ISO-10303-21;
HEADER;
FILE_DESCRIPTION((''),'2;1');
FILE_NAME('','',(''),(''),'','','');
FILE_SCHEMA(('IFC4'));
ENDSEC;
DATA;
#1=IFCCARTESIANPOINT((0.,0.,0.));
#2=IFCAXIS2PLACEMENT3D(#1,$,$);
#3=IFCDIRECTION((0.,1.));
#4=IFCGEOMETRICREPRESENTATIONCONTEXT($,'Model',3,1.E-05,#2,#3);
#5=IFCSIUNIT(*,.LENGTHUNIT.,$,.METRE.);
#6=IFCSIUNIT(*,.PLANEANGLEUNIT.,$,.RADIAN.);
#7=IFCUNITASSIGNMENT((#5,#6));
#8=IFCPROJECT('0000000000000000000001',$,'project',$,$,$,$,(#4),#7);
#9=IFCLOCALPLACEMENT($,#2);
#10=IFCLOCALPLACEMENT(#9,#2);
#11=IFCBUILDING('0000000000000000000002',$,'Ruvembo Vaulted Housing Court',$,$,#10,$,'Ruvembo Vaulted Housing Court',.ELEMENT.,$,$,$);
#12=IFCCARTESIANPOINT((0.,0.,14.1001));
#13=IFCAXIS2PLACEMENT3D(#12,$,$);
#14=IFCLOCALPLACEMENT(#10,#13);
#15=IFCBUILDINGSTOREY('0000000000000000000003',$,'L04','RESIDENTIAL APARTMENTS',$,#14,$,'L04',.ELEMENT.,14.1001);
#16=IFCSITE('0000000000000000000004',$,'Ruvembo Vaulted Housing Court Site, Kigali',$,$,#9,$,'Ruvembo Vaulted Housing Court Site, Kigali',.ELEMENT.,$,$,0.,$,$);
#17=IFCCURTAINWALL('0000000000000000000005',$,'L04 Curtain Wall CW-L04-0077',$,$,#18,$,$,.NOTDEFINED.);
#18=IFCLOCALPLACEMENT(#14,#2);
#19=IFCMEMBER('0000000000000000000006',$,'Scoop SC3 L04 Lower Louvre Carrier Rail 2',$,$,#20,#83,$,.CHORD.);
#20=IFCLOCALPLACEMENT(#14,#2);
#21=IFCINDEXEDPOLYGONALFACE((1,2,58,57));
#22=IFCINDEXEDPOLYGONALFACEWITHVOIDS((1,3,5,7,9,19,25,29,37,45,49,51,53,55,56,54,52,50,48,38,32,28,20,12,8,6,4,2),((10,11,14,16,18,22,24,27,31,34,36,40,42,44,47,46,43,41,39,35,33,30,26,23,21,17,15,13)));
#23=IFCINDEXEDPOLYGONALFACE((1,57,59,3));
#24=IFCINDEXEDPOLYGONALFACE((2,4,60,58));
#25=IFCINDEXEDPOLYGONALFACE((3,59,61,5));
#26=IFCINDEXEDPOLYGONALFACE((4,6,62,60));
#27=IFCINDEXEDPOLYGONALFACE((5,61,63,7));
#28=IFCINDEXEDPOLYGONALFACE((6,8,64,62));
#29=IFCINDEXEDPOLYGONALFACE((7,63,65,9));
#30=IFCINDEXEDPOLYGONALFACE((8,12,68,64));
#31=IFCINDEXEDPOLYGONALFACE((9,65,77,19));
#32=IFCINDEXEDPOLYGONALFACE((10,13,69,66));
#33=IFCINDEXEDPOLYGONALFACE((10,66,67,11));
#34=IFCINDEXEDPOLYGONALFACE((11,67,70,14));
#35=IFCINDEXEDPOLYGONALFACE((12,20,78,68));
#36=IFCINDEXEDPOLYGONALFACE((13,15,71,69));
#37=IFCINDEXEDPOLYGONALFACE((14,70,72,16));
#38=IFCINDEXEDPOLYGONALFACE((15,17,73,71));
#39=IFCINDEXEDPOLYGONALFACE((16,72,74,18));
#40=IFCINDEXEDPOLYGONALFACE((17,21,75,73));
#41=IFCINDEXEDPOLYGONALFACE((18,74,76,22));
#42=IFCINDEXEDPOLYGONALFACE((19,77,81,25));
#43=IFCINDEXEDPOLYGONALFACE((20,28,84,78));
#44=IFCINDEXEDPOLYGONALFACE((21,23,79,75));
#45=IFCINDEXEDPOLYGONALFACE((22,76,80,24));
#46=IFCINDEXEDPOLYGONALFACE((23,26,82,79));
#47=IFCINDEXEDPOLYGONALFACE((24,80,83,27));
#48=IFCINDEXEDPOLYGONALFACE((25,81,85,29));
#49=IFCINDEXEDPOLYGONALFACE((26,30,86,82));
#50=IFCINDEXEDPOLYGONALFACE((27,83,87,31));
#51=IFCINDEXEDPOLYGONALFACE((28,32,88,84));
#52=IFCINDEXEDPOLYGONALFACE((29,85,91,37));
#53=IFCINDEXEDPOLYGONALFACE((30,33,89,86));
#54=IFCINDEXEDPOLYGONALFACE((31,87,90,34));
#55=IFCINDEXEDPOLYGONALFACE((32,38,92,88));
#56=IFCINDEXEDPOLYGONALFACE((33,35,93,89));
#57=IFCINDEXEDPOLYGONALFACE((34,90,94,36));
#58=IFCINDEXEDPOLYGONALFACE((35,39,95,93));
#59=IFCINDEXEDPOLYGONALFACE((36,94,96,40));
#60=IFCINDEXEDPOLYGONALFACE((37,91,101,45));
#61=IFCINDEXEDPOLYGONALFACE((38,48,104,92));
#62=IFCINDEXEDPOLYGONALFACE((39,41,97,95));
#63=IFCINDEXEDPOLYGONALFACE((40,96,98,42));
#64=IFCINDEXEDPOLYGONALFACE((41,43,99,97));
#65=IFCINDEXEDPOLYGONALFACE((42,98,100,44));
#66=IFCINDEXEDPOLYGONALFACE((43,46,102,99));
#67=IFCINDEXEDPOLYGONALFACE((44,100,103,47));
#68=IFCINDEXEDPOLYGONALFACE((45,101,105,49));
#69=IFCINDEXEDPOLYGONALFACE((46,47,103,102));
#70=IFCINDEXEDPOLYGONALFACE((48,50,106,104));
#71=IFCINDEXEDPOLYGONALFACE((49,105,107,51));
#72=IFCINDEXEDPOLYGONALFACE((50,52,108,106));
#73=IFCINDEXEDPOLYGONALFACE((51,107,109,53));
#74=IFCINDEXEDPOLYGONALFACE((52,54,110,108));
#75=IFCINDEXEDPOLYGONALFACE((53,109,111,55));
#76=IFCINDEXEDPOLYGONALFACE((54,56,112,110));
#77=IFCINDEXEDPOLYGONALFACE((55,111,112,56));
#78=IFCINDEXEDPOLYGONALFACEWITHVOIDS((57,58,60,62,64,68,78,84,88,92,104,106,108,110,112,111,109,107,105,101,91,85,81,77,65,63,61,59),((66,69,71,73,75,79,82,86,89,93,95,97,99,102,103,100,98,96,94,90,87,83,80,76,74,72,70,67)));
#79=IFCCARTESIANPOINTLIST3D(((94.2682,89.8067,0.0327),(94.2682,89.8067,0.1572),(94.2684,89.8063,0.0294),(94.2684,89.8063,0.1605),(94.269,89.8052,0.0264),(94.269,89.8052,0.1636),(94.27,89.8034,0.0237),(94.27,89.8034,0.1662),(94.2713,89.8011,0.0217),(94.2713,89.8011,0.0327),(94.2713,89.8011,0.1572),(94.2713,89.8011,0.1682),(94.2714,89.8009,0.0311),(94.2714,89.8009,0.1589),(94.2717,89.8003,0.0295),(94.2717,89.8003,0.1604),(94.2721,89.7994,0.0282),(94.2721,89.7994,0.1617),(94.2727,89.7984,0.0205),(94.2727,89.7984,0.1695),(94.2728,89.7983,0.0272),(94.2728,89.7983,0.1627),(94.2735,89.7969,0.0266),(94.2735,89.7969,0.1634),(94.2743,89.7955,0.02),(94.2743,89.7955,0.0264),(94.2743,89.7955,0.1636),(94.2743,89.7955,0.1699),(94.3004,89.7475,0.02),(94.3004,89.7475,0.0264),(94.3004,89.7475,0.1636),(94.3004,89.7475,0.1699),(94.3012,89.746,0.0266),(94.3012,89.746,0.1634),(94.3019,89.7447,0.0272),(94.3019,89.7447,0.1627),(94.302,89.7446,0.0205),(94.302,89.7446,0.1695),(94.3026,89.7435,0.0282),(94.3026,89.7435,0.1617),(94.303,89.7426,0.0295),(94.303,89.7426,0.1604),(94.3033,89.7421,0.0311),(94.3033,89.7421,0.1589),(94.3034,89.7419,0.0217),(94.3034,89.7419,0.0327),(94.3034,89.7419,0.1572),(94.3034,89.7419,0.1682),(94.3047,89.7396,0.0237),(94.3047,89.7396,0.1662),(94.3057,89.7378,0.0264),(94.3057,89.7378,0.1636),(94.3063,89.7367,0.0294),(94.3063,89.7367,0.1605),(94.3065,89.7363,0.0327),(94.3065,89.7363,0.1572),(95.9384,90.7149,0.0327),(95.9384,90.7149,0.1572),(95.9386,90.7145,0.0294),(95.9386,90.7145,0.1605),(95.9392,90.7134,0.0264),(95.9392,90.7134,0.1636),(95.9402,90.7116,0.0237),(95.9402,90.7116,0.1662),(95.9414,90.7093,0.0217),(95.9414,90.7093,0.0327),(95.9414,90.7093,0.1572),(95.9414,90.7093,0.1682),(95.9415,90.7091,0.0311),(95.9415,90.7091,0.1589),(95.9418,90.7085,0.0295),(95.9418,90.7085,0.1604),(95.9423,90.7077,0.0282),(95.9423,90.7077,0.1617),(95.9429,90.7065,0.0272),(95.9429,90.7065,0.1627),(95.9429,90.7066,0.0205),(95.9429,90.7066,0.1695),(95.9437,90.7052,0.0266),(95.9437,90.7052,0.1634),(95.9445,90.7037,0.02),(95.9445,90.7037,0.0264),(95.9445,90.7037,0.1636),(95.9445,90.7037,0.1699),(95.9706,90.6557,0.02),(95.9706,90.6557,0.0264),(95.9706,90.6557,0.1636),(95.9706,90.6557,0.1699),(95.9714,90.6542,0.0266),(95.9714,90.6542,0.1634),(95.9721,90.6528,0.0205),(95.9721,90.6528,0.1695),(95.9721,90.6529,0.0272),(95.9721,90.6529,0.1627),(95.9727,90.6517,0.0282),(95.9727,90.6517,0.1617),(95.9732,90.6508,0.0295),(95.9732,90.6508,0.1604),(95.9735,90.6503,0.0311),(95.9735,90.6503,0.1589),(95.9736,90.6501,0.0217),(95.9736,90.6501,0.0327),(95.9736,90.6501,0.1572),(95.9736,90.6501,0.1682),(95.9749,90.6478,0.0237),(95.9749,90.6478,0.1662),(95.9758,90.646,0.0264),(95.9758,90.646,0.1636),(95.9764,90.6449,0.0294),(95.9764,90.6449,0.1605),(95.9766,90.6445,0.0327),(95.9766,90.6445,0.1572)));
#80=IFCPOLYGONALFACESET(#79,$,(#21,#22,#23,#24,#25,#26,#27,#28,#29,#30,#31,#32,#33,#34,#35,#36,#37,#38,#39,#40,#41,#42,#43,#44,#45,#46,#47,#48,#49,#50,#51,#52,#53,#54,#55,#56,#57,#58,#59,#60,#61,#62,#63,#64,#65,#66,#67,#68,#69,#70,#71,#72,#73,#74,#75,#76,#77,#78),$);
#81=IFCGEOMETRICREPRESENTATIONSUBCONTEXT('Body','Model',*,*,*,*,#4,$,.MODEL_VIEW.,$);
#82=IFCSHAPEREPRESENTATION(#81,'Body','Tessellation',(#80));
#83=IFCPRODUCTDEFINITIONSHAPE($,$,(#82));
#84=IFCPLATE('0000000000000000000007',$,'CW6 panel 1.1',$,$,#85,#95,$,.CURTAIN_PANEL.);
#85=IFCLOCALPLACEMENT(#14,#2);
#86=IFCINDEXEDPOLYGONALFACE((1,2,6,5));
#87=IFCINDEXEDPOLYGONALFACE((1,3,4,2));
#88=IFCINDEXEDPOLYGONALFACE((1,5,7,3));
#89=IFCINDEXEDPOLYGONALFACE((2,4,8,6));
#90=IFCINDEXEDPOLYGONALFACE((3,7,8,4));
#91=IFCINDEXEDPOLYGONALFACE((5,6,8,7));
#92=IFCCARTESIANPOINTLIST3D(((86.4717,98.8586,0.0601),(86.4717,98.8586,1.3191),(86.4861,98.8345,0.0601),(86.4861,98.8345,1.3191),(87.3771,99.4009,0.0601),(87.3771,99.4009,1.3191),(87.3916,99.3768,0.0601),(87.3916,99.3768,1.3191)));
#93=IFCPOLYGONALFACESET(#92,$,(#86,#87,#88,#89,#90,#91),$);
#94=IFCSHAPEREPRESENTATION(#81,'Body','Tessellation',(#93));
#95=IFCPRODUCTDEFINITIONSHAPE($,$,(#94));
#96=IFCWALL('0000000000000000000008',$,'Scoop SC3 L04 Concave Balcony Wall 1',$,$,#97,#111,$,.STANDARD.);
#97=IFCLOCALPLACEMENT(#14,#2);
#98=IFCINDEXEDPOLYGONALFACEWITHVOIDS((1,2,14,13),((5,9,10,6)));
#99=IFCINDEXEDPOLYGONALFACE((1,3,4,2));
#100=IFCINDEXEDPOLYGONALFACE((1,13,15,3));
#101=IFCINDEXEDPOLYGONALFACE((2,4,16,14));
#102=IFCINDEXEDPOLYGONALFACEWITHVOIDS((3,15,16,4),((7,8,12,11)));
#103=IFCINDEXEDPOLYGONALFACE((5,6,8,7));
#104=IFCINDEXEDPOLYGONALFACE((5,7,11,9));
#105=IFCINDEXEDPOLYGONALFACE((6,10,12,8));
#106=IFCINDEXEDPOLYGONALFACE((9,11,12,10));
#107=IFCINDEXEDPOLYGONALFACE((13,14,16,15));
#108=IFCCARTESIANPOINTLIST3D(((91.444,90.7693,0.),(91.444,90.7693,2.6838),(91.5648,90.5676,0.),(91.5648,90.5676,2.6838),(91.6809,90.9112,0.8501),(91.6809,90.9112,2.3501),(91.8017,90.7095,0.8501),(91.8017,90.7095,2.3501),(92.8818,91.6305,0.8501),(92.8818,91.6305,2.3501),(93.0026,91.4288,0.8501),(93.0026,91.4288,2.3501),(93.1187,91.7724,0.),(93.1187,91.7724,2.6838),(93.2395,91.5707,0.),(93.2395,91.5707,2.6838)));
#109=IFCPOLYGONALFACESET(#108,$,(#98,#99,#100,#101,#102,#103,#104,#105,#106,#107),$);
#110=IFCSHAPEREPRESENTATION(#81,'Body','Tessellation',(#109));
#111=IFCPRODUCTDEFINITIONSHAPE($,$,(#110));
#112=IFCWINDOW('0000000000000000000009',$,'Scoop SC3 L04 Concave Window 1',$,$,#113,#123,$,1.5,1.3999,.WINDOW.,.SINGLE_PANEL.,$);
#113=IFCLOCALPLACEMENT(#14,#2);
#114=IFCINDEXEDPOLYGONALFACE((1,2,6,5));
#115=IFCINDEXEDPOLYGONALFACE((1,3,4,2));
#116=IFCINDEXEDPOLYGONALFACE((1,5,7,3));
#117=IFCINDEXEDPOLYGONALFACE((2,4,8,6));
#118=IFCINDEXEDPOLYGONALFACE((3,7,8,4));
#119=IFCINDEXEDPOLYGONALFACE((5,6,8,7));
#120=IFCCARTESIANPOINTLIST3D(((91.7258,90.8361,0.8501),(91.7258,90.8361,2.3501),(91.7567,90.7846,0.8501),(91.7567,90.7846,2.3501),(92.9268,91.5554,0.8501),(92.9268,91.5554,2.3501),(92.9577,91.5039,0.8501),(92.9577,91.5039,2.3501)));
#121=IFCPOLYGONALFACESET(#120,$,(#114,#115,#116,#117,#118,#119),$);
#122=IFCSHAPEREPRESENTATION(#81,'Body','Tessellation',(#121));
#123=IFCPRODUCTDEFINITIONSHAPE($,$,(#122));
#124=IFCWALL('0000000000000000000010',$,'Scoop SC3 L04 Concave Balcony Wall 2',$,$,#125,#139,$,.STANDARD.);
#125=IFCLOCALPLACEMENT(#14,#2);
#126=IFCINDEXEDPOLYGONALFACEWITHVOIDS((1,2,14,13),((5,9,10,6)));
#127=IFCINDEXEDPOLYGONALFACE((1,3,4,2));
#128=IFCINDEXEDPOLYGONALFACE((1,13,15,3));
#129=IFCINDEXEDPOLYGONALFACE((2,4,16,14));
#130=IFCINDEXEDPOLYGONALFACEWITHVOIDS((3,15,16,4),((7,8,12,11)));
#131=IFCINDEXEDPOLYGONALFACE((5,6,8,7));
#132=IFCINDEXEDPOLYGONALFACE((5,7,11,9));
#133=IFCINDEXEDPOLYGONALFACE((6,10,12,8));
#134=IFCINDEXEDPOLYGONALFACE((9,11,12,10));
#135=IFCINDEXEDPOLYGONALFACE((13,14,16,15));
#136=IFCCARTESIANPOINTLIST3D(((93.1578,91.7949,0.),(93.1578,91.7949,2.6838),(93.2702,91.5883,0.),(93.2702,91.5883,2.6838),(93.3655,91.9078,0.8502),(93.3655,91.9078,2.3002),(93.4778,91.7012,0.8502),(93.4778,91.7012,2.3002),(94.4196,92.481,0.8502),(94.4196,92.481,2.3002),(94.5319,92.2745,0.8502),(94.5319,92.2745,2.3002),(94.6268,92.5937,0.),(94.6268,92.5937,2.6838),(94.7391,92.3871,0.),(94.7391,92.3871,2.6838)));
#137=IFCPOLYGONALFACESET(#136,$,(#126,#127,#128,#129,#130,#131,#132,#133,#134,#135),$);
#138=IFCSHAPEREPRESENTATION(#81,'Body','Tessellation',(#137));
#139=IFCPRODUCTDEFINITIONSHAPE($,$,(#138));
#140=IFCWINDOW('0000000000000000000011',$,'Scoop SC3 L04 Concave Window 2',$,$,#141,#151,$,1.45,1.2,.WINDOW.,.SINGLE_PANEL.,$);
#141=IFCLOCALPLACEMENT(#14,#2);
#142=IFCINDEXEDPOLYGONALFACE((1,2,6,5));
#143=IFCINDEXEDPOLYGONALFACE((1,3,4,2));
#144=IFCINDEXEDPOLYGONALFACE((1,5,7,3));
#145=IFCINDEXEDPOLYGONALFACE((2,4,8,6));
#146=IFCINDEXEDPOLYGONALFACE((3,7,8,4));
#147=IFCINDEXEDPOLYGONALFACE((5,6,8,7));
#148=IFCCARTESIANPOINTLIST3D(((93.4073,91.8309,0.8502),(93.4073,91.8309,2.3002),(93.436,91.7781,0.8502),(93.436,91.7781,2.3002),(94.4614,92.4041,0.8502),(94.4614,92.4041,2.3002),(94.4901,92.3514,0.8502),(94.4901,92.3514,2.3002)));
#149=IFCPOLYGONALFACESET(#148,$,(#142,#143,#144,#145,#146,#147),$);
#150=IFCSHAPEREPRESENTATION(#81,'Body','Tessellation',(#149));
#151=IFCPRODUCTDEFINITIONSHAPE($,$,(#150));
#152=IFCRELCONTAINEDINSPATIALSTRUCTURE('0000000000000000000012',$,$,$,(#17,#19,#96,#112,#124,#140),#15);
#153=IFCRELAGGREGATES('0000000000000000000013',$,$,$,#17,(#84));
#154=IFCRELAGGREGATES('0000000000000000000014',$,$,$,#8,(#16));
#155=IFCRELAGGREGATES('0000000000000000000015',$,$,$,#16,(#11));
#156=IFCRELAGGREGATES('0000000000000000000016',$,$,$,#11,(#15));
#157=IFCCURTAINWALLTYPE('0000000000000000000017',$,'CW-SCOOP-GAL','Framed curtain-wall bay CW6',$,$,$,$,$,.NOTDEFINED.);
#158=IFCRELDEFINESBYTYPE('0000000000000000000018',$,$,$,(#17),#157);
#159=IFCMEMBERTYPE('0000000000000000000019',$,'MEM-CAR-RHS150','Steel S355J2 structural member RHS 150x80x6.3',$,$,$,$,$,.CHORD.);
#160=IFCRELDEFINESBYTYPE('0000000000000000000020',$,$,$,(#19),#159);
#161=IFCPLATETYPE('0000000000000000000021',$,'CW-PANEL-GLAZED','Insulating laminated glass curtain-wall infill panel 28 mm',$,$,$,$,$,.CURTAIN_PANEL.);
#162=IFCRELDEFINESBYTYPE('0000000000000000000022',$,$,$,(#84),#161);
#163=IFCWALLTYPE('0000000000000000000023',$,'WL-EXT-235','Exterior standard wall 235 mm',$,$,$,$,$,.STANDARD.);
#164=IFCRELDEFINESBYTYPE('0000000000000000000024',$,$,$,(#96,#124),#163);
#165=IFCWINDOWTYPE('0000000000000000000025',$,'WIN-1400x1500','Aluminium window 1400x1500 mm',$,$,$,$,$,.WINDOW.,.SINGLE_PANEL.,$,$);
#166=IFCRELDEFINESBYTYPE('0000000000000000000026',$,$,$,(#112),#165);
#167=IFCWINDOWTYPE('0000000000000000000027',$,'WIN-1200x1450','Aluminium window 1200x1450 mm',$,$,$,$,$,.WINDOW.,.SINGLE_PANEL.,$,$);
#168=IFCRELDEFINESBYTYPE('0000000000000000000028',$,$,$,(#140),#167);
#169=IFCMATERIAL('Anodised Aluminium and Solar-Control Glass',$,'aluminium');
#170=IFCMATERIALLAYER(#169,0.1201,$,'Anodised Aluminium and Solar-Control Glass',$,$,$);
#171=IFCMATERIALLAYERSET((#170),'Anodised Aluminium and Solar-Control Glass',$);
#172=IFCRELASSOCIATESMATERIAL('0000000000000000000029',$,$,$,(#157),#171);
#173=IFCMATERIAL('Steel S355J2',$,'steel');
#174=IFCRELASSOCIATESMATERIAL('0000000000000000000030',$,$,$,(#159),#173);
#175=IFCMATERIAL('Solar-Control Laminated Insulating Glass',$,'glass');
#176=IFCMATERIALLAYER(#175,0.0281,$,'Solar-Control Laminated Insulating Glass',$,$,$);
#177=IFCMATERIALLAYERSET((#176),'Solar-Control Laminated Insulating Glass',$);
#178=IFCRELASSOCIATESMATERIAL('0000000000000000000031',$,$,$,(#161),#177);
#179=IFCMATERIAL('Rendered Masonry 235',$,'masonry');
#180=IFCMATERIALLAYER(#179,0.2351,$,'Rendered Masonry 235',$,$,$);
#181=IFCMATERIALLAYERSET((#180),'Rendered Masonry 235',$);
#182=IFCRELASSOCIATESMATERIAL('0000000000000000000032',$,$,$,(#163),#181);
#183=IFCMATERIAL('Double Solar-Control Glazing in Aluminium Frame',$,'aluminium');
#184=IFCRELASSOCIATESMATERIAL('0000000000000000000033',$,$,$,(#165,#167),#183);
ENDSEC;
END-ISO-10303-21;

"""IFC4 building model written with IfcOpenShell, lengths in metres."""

from ifc_helpers import new_model, si_unit, direction, frame, frame_2d, origin, origin_2d, place, context, subcontext, project, spatial, rectangle, hollow_rectangle, extrude, material, layer, layer_set, material_profile, profile_set, type_object, element, fill, aggregate, save


model = new_model("IFC4")

# Units and contexts
model_context = context("Model", 3, precision=1e-05, world=origin(), true_north=direction((0.0, 1.0)))
body_context = subcontext(model_context, "Body", "Model", "MODEL_VIEW")
ifc_project = project(units=[si_unit("LENGTHUNIT", "METRE"), si_unit("PLANEANGLEUNIT", "RADIAN")], contexts=[model_context])

# Site, building, storey
site_placement = place(None, origin())
site = spatial("IfcSite", under=ifc_project, at=site_placement, Name="Ruvembo Vaulted Housing Court Site, Kigali", LongName="Ruvembo Vaulted Housing Court Site, Kigali", CompositionType="ELEMENT", RefElevation=0.0)
building_placement = place(site_placement, origin())
building = spatial("IfcBuilding", under=site, at=building_placement, Name="Ruvembo Vaulted Housing Court", LongName="Ruvembo Vaulted Housing Court", CompositionType="ELEMENT")
storey_placement = place(building_placement, frame((0.0, 0.0, 14.1001)))
storey = spatial("IfcBuildingStorey", under=building, at=storey_placement, Name="L04", Description="RESIDENTIAL APARTMENTS", LongName="L04", CompositionType="ELEMENT", Elevation=14.1001)

# Shared definitions
ifc_material_1 = material(Name="Steel S355J2", Category="steel")

# Curtain wall
ifc_material_2 = material(Name="Anodised Aluminium and Solar-Control Glass", Category="aluminium")
ifc_layer_1 = layer(ifc_material_2, 0.1201, Name="Anodised Aluminium and Solar-Control Glass")
ifc_layer_set_1 = layer_set([ifc_layer_1], Name="Anodised Aluminium and Solar-Control Glass")
curtain_wall_type = type_object("IfcCurtainWallType", Name="CW-SCOOP-GAL", Description="Framed curtain-wall bay CW6", PredefinedType="NOTDEFINED", material=ifc_layer_set_1)
curtain_wall_placement = place(storey_placement, origin())
curtain_wall = element("IfcCurtainWall", 1, at=curtain_wall_placement, inside=storey, type_object=curtain_wall_type, Name="L04 Curtain Wall CW-L04-0077", PredefinedType="NOTDEFINED")

# Member
ifc_material_profile_1 = material_profile(ifc_material_1, hollow_rectangle(XDim=0.0801, YDim=0.1499, WallThickness=0.0063, InnerFilletRadius=0.0063, OuterFilletRadius=0.0127, at=origin_2d()), Name="RHS 150x80x6.3")
ifc_profile_set_1 = profile_set([ifc_material_profile_1], Name="Steel S355J2")
member_type_1 = type_object("IfcMemberType", Name="MEM-CAR-RHS150", Description="Steel S355J2 structural member RHS 150x80x6.3", PredefinedType="CHORD", material=ifc_profile_set_1)
member_1_placement = place(storey_placement, frame((94.2874, 89.7715, 0.095), z_axis=(0.878513, 0.477718, 0.0), x_axis=(-0.477718, 0.878513, 0.0)))
element("IfcMember", 2, at=member_1_placement, inside=storey, type_object=member_type_1, Name="Scoop SC3 L04 Lower Louvre Carrier Rail 2", PredefinedType="CHORD", context=body_context, shape_type="SweptSolid", body=[
    extrude(hollow_rectangle(XDim=0.0801, YDim=0.1499, WallThickness=0.0063, InnerFilletRadius=0.0063, OuterFilletRadius=0.0127, at=origin_2d()), origin(), (0.0, 0.0, 1.0), 1.9011),
])

# Plate
ifc_material_3 = material(Name="Solar-Control Laminated Insulating Glass", Category="glass")
ifc_layer_2 = layer(ifc_material_3, 0.0281, Name="Solar-Control Laminated Insulating Glass")
ifc_layer_set_2 = layer_set([ifc_layer_2], Name="Solar-Control Laminated Insulating Glass")
plate_type = type_object("IfcPlateType", Name="CW-PANEL-GLAZED", Description="Insulating laminated glass curtain-wall infill panel 28 mm", PredefinedType="CURTAIN_PANEL", material=ifc_layer_set_2)
plate_placement = place(storey_placement, frame((86.9316, 99.1177, 0.0601), z_axis=(0.0, 0.0, 1.0), x_axis=(0.857893, 0.513828, 0.0)))
plate = element("IfcPlate", 3, at=plate_placement, type_object=plate_type, Name="CW6 panel 1.1", PredefinedType="CURTAIN_PANEL", context=body_context, shape_type="SweptSolid", body=[
    extrude(rectangle(XDim=1.0554, YDim=0.0281, at=origin_2d()), origin(), (0.0, 0.0, 1.0), 1.259),
])
aggregate(curtain_wall, [plate])

# Walls, openings, windows
ifc_material_4 = material(Name="Rendered Masonry 235", Category="masonry")
ifc_layer_3 = layer(ifc_material_4, 0.2351, Name="Rendered Masonry 235")
ifc_layer_set_3 = layer_set([ifc_layer_3], Name="Rendered Masonry 235")
wall_type_1 = type_object("IfcWallType", Name="WL-EXT-235", Description="Exterior standard wall 235 mm", PredefinedType="STANDARD", material=ifc_layer_set_3)
wall_1_placement = place(storey_placement, frame((91.5044, 90.6685, 0.0), z_axis=(0.0, 0.0, 1.0), x_axis=(0.857879, 0.513852, 0.0)))
wall_1 = element("IfcWall", 4, at=wall_1_placement, inside=storey, type_object=wall_type_1, Name="Scoop SC3 L04 Concave Balcony Wall 1", PredefinedType="STANDARD", context=body_context, shape_type="SweptSolid", body=[
    extrude(rectangle(XDim=1.9521, YDim=0.2351, at=frame_2d((0.9761, 0.0))), origin(), (0.0, 0.0, 1.0), 2.6838),
])
opening_1_placement = place(wall_1_placement, frame((0.2761, 0.0, 0.8501)))
opening_1 = element("IfcOpeningElement", 5, at=opening_1_placement, cuts=wall_1, PredefinedType="OPENING", context=body_context, shape_type="SweptSolid", body=[
    extrude(rectangle(XDim=1.3999, YDim=1.5, at=frame_2d((0.7, 0.75))), frame((0.0, 0.1274, 0.0), z_axis=(0.0, -1.0, 0.0), x_axis=(1.0, 0.0, 0.0)), (0.0, 0.0, 1.0), 0.2551),
])
ifc_material_5 = material(Name="Double Solar-Control Glazing in Aluminium Frame", Category="aluminium")
window_type_1 = type_object("IfcWindowType", Name="WIN-1400x1500", Description="Aluminium window 1400x1500 mm", PartitioningType="SINGLE_PANEL", PredefinedType="WINDOW", material=ifc_material_5)
window_1_placement = place(opening_1_placement, origin())
window_1 = element("IfcWindow", 6, at=window_1_placement, inside=storey, type_object=window_type_1, Name="Scoop SC3 L04 Concave Window 1", OverallHeight=1.5, OverallWidth=1.3999, PartitioningType="SINGLE_PANEL", PredefinedType="WINDOW", context=body_context, shape_type="SweptSolid", body=[
    extrude(rectangle(XDim=1.3999, YDim=1.5, at=frame_2d((0.7, 0.75))), frame((0.0, 0.03, 0.0), z_axis=(0.0, -1.0, 0.0), x_axis=(1.0, 0.0, 0.0)), (0.0, 0.0, 1.0), 0.0601),
])
fill(opening_1, window_1)
wall_2_placement = place(storey_placement, frame((93.2141, 91.6917, 0.0), z_axis=(0.0, 0.0, 1.0), x_axis=(0.878509, 0.477726, 0.0)))
wall_2 = element("IfcWall", 7, at=wall_2_placement, inside=storey, type_object=wall_type_1, Name="Scoop SC3 L04 Concave Balcony Wall 2", PredefinedType="STANDARD", context=body_context, shape_type="SweptSolid", body=[
    extrude(rectangle(XDim=1.6721, YDim=0.2351, at=frame_2d((0.8359, 0.0))), origin(), (0.0, 0.0, 1.0), 2.6838),
])
opening_2_placement = place(wall_2_placement, frame((0.2361, 0.0, 0.8501)))
opening_2 = element("IfcOpeningElement", 8, at=opening_2_placement, cuts=wall_2, PredefinedType="OPENING", context=body_context, shape_type="SweptSolid", body=[
    extrude(rectangle(XDim=1.2, YDim=1.45, at=frame_2d((0.6001, 0.7251))), frame((0.0, 0.1274, 0.0), z_axis=(0.0, -1.0, 0.0), x_axis=(1.0, 0.0, 0.0)), (0.0, 0.0, 1.0), 0.2551),
])
window_type_2 = type_object("IfcWindowType", Name="WIN-1200x1450", Description="Aluminium window 1200x1450 mm", PartitioningType="SINGLE_PANEL", PredefinedType="WINDOW", material=ifc_material_5)
window_2_placement = place(opening_2_placement, origin())
window_2 = element("IfcWindow", 9, at=window_2_placement, inside=storey, type_object=window_type_2, Name="Scoop SC3 L04 Concave Window 2", OverallHeight=1.45, OverallWidth=1.2, PartitioningType="SINGLE_PANEL", PredefinedType="WINDOW", context=body_context, shape_type="SweptSolid", body=[
    extrude(rectangle(XDim=1.2, YDim=1.45, at=frame_2d((0.6001, 0.7251))), frame((0.0, 0.03, 0.0), z_axis=(0.0, -1.0, 0.0), x_axis=(1.0, 0.0, 0.0)), (0.0, 0.0, 1.0), 0.0601),
])
fill(opening_2, window_2)

save(model, "model.ifc")
